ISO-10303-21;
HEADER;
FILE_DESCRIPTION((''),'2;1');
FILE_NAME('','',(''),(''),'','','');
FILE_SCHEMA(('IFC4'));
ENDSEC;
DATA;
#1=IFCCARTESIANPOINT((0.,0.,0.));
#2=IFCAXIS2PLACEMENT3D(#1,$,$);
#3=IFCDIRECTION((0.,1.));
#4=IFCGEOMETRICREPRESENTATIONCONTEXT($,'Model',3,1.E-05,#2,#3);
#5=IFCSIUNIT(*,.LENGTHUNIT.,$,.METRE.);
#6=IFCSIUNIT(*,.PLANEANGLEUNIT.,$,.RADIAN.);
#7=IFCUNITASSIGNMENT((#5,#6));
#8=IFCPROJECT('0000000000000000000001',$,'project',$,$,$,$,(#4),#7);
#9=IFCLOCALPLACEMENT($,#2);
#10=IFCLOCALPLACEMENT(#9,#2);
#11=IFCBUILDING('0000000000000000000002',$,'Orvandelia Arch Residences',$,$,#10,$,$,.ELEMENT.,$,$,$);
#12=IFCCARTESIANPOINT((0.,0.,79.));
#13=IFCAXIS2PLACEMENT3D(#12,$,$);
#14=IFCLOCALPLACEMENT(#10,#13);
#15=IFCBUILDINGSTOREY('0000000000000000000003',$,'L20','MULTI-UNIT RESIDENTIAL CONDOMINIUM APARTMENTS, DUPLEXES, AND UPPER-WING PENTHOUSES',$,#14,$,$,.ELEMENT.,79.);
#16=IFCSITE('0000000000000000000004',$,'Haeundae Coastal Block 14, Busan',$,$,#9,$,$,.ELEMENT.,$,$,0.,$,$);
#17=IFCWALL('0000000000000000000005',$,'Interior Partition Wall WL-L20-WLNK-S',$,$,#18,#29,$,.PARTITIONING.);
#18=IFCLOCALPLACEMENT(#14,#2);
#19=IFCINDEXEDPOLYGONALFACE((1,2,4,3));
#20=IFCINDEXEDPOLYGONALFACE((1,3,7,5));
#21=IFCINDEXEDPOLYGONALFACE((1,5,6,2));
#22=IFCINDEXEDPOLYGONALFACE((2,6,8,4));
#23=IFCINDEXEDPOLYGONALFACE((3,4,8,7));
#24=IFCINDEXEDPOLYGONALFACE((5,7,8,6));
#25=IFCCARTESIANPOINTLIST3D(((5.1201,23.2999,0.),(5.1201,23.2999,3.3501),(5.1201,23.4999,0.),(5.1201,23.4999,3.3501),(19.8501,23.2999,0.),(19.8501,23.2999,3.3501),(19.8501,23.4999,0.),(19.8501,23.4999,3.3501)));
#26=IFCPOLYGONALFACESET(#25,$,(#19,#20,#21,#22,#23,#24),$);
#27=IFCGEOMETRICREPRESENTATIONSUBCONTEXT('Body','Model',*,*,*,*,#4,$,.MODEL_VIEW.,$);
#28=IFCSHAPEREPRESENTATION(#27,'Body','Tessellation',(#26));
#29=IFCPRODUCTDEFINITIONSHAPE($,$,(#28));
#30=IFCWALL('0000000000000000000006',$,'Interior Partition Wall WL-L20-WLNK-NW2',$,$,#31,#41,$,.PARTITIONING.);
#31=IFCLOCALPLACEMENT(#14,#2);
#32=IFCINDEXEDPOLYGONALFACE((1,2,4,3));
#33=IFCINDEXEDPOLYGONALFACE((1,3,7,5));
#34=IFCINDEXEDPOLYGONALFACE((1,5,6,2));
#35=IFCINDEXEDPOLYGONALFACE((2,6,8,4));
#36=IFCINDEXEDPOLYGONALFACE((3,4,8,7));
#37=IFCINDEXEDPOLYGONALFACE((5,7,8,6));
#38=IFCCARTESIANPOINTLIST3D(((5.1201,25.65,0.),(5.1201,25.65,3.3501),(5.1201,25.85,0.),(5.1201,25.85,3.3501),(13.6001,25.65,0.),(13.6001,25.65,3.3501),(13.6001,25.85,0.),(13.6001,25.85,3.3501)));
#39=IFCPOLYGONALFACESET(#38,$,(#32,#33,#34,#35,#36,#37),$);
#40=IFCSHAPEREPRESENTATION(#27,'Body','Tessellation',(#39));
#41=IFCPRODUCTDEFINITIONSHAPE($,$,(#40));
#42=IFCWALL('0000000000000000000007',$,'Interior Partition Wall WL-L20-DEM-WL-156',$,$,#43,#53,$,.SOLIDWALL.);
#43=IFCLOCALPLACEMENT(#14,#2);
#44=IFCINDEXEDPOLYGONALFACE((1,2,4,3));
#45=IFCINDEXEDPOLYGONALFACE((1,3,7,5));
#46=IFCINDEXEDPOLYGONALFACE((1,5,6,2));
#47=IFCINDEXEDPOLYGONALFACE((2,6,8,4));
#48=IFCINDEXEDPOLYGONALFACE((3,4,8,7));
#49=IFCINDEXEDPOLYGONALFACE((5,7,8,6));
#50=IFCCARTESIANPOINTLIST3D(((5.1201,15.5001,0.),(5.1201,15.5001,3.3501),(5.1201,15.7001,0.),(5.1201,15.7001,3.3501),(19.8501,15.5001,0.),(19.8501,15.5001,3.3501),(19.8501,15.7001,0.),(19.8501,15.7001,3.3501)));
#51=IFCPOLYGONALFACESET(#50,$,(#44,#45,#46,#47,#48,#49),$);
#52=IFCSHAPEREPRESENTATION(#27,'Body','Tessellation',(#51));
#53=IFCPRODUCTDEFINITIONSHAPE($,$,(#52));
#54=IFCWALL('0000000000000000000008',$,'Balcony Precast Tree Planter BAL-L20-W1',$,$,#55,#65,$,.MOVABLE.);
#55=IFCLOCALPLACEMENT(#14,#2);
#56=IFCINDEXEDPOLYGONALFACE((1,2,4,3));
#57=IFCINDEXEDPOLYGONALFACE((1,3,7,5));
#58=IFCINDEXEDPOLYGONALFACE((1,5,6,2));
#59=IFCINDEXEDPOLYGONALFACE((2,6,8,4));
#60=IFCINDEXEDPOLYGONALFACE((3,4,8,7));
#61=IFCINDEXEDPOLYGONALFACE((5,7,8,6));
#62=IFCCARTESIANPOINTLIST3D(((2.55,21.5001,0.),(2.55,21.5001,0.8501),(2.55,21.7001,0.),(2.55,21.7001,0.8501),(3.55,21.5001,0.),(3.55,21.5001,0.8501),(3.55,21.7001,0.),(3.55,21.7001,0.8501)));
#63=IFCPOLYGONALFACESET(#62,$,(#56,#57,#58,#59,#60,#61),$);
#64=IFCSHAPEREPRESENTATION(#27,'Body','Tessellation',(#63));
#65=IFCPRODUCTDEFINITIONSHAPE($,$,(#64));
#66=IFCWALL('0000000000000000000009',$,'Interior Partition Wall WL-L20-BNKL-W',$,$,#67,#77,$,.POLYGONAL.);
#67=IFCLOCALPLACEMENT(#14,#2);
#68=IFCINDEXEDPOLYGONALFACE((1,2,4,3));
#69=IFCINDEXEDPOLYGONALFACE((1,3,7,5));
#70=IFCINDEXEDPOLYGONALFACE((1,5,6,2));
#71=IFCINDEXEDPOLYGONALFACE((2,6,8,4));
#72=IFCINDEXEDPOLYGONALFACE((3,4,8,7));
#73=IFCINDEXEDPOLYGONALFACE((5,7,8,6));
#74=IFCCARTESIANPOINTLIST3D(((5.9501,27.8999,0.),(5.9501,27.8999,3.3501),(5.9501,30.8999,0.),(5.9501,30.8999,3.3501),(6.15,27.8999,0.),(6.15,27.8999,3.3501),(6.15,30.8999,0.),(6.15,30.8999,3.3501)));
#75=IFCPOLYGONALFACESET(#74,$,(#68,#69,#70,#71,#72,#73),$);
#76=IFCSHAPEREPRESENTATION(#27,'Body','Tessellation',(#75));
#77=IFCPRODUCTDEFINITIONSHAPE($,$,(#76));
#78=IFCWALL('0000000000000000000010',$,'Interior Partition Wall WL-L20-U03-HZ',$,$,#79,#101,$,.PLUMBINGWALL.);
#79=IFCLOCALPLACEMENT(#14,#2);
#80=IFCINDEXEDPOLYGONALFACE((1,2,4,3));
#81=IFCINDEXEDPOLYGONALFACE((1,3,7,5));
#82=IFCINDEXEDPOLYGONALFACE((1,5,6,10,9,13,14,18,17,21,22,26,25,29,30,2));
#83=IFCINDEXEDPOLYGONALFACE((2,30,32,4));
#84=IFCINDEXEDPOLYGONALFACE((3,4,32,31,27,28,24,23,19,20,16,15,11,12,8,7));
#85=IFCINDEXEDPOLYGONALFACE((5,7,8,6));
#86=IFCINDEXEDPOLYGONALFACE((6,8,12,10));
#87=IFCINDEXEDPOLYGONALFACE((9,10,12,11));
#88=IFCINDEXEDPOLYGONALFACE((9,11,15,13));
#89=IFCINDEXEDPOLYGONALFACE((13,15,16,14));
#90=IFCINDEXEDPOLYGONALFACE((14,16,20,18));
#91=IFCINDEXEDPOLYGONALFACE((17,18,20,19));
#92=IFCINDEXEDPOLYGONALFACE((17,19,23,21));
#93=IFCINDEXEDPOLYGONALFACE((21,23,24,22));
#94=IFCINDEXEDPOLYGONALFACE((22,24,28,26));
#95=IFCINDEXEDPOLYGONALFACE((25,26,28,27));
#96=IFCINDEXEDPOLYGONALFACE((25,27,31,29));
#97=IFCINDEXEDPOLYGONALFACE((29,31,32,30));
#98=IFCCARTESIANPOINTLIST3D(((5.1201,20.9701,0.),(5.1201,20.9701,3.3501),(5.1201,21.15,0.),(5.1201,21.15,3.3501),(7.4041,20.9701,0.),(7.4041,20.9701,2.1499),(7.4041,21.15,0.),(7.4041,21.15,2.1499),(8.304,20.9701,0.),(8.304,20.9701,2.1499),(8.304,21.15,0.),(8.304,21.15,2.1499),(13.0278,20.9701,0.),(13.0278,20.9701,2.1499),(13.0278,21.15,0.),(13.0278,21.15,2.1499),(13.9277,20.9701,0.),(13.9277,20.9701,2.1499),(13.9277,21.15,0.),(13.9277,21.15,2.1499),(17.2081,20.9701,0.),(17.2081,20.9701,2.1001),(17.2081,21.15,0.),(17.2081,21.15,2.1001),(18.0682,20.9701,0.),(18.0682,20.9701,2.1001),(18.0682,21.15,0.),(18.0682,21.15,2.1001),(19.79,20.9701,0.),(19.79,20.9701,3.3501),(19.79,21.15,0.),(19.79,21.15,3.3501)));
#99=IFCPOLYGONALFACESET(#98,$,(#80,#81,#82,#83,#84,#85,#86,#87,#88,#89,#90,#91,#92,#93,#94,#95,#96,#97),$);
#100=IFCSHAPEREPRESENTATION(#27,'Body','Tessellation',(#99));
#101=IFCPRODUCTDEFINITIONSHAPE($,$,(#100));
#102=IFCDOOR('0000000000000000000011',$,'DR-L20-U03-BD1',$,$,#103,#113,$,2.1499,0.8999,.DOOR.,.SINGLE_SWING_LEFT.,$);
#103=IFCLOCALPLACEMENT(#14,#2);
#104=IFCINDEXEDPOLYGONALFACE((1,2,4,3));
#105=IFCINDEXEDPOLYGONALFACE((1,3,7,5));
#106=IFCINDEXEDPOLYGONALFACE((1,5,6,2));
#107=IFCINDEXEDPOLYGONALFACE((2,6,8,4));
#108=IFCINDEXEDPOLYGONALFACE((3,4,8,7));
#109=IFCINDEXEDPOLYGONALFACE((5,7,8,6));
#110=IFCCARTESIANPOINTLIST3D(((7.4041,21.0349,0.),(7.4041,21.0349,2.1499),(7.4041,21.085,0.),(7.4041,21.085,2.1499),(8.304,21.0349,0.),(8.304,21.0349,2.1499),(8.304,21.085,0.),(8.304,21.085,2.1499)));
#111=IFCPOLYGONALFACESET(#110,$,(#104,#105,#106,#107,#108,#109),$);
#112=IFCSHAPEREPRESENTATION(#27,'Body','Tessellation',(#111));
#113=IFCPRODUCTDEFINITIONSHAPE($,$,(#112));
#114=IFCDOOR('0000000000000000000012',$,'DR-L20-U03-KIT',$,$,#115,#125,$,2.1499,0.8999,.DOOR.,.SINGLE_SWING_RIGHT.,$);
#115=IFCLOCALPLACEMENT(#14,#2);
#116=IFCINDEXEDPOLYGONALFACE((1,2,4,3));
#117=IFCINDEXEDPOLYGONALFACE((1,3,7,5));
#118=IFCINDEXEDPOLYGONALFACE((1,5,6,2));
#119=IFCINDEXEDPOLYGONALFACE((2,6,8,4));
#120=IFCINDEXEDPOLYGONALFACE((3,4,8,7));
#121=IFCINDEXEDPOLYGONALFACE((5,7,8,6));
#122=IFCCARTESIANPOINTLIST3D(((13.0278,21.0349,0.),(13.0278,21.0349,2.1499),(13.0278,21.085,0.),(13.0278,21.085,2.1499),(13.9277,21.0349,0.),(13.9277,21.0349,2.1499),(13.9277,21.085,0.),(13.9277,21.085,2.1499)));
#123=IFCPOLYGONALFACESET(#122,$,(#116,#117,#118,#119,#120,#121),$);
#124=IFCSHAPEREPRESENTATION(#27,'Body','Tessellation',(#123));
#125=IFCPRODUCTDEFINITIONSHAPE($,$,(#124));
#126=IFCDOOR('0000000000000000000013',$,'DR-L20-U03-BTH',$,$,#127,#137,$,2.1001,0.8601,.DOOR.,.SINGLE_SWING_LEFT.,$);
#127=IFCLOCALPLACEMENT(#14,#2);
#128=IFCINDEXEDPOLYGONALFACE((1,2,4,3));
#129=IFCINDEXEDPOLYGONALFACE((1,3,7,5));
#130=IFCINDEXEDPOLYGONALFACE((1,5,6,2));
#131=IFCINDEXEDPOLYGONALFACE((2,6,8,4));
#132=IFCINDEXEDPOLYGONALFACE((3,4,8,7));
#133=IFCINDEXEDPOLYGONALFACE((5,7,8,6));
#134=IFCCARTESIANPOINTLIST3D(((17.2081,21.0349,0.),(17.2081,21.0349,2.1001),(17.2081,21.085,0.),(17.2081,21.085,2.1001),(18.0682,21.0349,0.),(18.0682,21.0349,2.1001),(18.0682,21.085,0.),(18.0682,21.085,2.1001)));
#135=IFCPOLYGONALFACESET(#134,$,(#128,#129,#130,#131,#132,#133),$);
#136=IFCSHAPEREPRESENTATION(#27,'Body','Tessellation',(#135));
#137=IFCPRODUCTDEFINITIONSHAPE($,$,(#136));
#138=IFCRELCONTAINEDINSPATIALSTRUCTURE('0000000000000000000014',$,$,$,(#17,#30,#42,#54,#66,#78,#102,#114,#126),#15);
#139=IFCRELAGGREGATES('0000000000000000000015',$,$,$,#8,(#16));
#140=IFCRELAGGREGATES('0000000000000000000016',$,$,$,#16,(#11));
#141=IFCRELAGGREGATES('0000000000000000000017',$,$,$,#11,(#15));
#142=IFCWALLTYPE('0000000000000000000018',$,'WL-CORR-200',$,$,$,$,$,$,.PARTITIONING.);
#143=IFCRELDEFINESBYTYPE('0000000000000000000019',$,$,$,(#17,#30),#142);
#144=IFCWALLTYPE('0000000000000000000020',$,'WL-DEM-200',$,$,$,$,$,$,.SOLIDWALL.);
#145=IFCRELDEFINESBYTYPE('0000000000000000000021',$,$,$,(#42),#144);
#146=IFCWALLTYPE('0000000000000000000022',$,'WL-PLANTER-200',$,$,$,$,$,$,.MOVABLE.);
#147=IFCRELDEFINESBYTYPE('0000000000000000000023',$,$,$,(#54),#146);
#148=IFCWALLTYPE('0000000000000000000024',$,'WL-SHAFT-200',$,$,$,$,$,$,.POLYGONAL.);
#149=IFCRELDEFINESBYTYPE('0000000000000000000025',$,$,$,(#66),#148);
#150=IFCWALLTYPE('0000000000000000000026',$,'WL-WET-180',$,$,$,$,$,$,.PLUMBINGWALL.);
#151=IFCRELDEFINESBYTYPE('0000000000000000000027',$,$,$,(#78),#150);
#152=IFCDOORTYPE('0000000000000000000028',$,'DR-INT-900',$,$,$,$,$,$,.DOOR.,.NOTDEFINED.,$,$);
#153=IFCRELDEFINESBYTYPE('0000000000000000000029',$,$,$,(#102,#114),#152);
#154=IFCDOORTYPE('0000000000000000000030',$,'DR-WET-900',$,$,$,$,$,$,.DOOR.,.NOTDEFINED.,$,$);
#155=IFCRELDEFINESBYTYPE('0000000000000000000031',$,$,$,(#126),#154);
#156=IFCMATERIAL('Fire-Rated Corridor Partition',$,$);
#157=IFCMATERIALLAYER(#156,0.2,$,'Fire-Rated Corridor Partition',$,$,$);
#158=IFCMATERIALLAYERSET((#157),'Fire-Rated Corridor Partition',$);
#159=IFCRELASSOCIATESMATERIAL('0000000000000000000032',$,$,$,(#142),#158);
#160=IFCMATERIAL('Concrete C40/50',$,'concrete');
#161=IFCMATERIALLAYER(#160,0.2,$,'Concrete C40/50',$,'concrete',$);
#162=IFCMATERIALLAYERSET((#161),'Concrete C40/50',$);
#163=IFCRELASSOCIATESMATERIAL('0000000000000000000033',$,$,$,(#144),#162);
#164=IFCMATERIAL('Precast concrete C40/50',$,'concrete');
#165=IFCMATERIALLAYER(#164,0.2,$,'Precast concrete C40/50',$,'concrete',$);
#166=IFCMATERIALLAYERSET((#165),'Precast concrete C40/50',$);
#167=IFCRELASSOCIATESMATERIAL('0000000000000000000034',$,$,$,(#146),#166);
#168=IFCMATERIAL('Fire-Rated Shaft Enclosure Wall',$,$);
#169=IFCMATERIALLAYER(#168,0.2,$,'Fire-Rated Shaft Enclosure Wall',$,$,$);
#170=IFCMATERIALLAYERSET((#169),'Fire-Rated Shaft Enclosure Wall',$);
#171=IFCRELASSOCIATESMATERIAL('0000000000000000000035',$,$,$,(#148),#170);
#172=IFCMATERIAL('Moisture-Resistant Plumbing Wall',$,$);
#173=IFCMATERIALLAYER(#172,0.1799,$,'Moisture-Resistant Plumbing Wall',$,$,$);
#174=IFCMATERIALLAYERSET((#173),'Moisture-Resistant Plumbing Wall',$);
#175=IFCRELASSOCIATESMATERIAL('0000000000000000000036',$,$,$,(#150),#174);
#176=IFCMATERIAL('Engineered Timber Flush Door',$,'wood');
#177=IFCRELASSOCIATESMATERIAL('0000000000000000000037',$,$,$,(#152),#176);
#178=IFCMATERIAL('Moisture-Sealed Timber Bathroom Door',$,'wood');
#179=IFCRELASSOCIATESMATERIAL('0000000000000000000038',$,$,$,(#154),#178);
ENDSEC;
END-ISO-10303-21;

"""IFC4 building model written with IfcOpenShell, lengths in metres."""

from ifc_helpers import new_model, si_unit, direction, frame, frame_2d, origin, place, context, subcontext, project, spatial, rectangle, extrude, material, layer, layer_set, type_object, element, fill, save


model = new_model("IFC4")

# Units and contexts
model_context = context("Model", 3, precision=1e-05, world=origin(), true_north=direction((0.0, 1.0)))
body_context = subcontext(model_context, "Body", "Model", "MODEL_VIEW")
ifc_project = project(units=[si_unit("LENGTHUNIT", "METRE"), si_unit("PLANEANGLEUNIT", "RADIAN")], contexts=[model_context])

# Site, building, storey
site_placement = place(None, origin())
site = spatial("IfcSite", under=ifc_project, at=site_placement, Name="Haeundae Coastal Block 14, Busan", CompositionType="ELEMENT", RefElevation=0.0)
building_placement = place(site_placement, origin())
building = spatial("IfcBuilding", under=site, at=building_placement, Name="Orvandelia Arch Residences", CompositionType="ELEMENT")
storey_placement = place(building_placement, frame((0.0, 0.0, 79.0)))
storey = spatial("IfcBuildingStorey", under=building, at=storey_placement, Name="L20", Description="MULTI-UNIT RESIDENTIAL CONDOMINIUM APARTMENTS, DUPLEXES, AND UPPER-WING PENTHOUSES", CompositionType="ELEMENT", Elevation=79.0)

# Walls
ifc_material_1 = material(Name="Fire-Rated Corridor Partition")
ifc_layer_1 = layer(ifc_material_1, 0.2, Name="Fire-Rated Corridor Partition")
ifc_layer_set_1 = layer_set([ifc_layer_1], Name="Fire-Rated Corridor Partition")
wall_type_1 = type_object("IfcWallType", Name="WL-CORR-200", PredefinedType="PARTITIONING", material=ifc_layer_set_1)
wall_1_placement = place(storey_placement, frame((5.1201, 23.3999, 0.0), z_axis=(0.0, 0.0, 1.0), x_axis=(1.0, 0.0, 0.0)))
element("IfcWall", 1, at=wall_1_placement, inside=storey, type_object=wall_type_1, Name="Interior Partition Wall WL-L20-WLNK-S", PredefinedType="PARTITIONING", context=body_context, shape_type="SweptSolid", body=[
    extrude(rectangle(XDim=14.73, YDim=0.2, at=frame_2d((7.365, 0.0))), origin(), (0.0, 0.0, 1.0), 3.3501),
])
wall_2_placement = place(storey_placement, frame((5.1201, 25.75, 0.0), z_axis=(0.0, 0.0, 1.0), x_axis=(1.0, 0.0, 0.0)))
element("IfcWall", 2, at=wall_2_placement, inside=storey, type_object=wall_type_1, Name="Interior Partition Wall WL-L20-WLNK-NW2", PredefinedType="PARTITIONING", context=body_context, shape_type="SweptSolid", body=[
    extrude(rectangle(XDim=8.48, YDim=0.2, at=frame_2d((4.24, 0.0))), origin(), (0.0, 0.0, 1.0), 3.3501),
])
ifc_material_2 = material(Name="Concrete C40/50", Category="concrete")
ifc_layer_2 = layer(ifc_material_2, 0.2, Name="Concrete C40/50", Category="concrete")
ifc_layer_set_2 = layer_set([ifc_layer_2], Name="Concrete C40/50")
wall_type_2 = type_object("IfcWallType", Name="WL-DEM-200", PredefinedType="SOLIDWALL", material=ifc_layer_set_2)
wall_3_placement = place(storey_placement, frame((5.1201, 15.6001, 0.0), z_axis=(0.0, 0.0, 1.0), x_axis=(1.0, 0.0, 0.0)))
element("IfcWall", 3, at=wall_3_placement, inside=storey, type_object=wall_type_2, Name="Interior Partition Wall WL-L20-DEM-WL-156", PredefinedType="SOLIDWALL", context=body_context, shape_type="SweptSolid", body=[
    extrude(rectangle(XDim=14.73, YDim=0.2, at=frame_2d((7.365, 0.0))), origin(), (0.0, 0.0, 1.0), 3.3501),
])
ifc_material_3 = material(Name="Precast concrete C40/50", Category="concrete")
ifc_layer_3 = layer(ifc_material_3, 0.2, Name="Precast concrete C40/50", Category="concrete")
ifc_layer_set_3 = layer_set([ifc_layer_3], Name="Precast concrete C40/50")
wall_type_3 = type_object("IfcWallType", Name="WL-PLANTER-200", PredefinedType="MOVABLE", material=ifc_layer_set_3)
wall_4_placement = place(storey_placement, frame((2.55, 21.6001, 0.0), z_axis=(0.0, 0.0, 1.0), x_axis=(1.0, 0.0, 0.0)))
element("IfcWall", 4, at=wall_4_placement, inside=storey, type_object=wall_type_3, Name="Balcony Precast Tree Planter BAL-L20-W1", PredefinedType="MOVABLE", context=body_context, shape_type="SweptSolid", body=[
    extrude(rectangle(XDim=1.0, YDim=0.2, at=frame_2d((0.5, 0.0))), origin(), (0.0, 0.0, 1.0), 0.8501),
])
ifc_material_4 = material(Name="Fire-Rated Shaft Enclosure Wall")
ifc_layer_4 = layer(ifc_material_4, 0.2, Name="Fire-Rated Shaft Enclosure Wall")
ifc_layer_set_4 = layer_set([ifc_layer_4], Name="Fire-Rated Shaft Enclosure Wall")
wall_type_4 = type_object("IfcWallType", Name="WL-SHAFT-200", PredefinedType="POLYGONAL", material=ifc_layer_set_4)
wall_5_placement = place(storey_placement, frame((6.05, 27.8999, 0.0), z_axis=(0.0, 0.0, 1.0), x_axis=(0.0, 1.0, 0.0)))
element("IfcWall", 5, at=wall_5_placement, inside=storey, type_object=wall_type_4, Name="Interior Partition Wall WL-L20-BNKL-W", PredefinedType="POLYGONAL", context=body_context, shape_type="SweptSolid", body=[
    extrude(rectangle(XDim=3.0, YDim=0.2, at=frame_2d((1.5, 0.0))), origin(), (0.0, 0.0, 1.0), 3.3501),
])

# Wall, openings, doors
ifc_material_5 = material(Name="Moisture-Resistant Plumbing Wall")
ifc_layer_5 = layer(ifc_material_5, 0.1799, Name="Moisture-Resistant Plumbing Wall")
ifc_layer_set_5 = layer_set([ifc_layer_5], Name="Moisture-Resistant Plumbing Wall")
wall_type_5 = type_object("IfcWallType", Name="WL-WET-180", PredefinedType="PLUMBINGWALL", material=ifc_layer_set_5)
wall_6_placement = place(storey_placement, frame((5.1201, 21.0601, 0.0), z_axis=(0.0, 0.0, 1.0), x_axis=(1.0, 0.0, 0.0)))
wall_6 = element("IfcWall", 6, at=wall_6_placement, inside=storey, type_object=wall_type_5, Name="Interior Partition Wall WL-L20-U03-HZ", PredefinedType="PLUMBINGWALL", context=body_context, shape_type="SweptSolid", body=[
    extrude(rectangle(XDim=14.6699, YDim=0.1799, at=frame_2d((7.335, 0.0))), origin(), (0.0, 0.0, 1.0), 3.3501),
])
opening_1_placement = place(wall_6_placement, frame((2.2839, 0.0, 0.0)))
opening_1 = element("IfcOpeningElement", 7, at=opening_1_placement, cuts=wall_6, PredefinedType="OPENING", context=body_context, shape_type="SweptSolid", body=[
    extrude(rectangle(XDim=0.8999, YDim=2.1499, at=frame_2d((0.45, 1.075))), frame((0.0, 0.1001, 0.0), z_axis=(0.0, -1.0, 0.0), x_axis=(1.0, 0.0, 0.0)), (0.0, 0.0, 1.0), 0.2),
])
opening_2_placement = place(wall_6_placement, frame((7.9077, 0.0, 0.0)))
opening_2 = element("IfcOpeningElement", 8, at=opening_2_placement, cuts=wall_6, PredefinedType="OPENING", context=body_context, shape_type="SweptSolid", body=[
    extrude(rectangle(XDim=0.8999, YDim=2.1499, at=frame_2d((0.45, 1.075))), frame((0.0, 0.1001, 0.0), z_axis=(0.0, -1.0, 0.0), x_axis=(1.0, 0.0, 0.0)), (0.0, 0.0, 1.0), 0.2),
])
opening_3_placement = place(wall_6_placement, frame((12.0879, 0.0, 0.0)))
opening_3 = element("IfcOpeningElement", 9, at=opening_3_placement, cuts=wall_6, PredefinedType="OPENING", context=body_context, shape_type="SweptSolid", body=[
    extrude(rectangle(XDim=0.8601, YDim=2.1001, at=frame_2d((0.4302, 1.05))), frame((0.0, 0.1001, 0.0), z_axis=(0.0, -1.0, 0.0), x_axis=(1.0, 0.0, 0.0)), (0.0, 0.0, 1.0), 0.2),
])
ifc_material_6 = material(Name="Engineered Timber Flush Door", Category="wood")
door_type_1 = type_object("IfcDoorType", Name="DR-INT-900", OperationType="NOTDEFINED", PredefinedType="DOOR", material=ifc_material_6)
door_1_placement = place(opening_1_placement, origin())
door_1 = element("IfcDoor", 10, at=door_1_placement, inside=storey, type_object=door_type_1, Name="DR-L20-U03-BD1", OperationType="SINGLE_SWING_LEFT", OverallHeight=2.1499, OverallWidth=0.8999, PredefinedType="DOOR", context=body_context, shape_type="SweptSolid", body=[
    extrude(rectangle(XDim=0.8999, YDim=2.1499, at=frame_2d((0.45, 1.075))), frame((0.0, 0.0249, 0.0), z_axis=(0.0, -1.0, 0.0), x_axis=(1.0, 0.0, 0.0)), (0.0, 0.0, 1.0), 0.05),
])
fill(opening_1, door_1)
door_2_placement = place(opening_2_placement, origin())
door_2 = element("IfcDoor", 11, at=door_2_placement, inside=storey, type_object=door_type_1, Name="DR-L20-U03-KIT", OperationType="SINGLE_SWING_RIGHT", OverallHeight=2.1499, OverallWidth=0.8999, PredefinedType="DOOR", context=body_context, shape_type="SweptSolid", body=[
    extrude(rectangle(XDim=0.8999, YDim=2.1499, at=frame_2d((0.45, 1.075))), frame((0.0, 0.0249, 0.0), z_axis=(0.0, -1.0, 0.0), x_axis=(1.0, 0.0, 0.0)), (0.0, 0.0, 1.0), 0.05),
])
fill(opening_2, door_2)
ifc_material_7 = material(Name="Moisture-Sealed Timber Bathroom Door", Category="wood")
door_type_2 = type_object("IfcDoorType", Name="DR-WET-900", OperationType="NOTDEFINED", PredefinedType="DOOR", material=ifc_material_7)
door_3_placement = place(opening_3_placement, origin())
door_3 = element("IfcDoor", 12, at=door_3_placement, inside=storey, type_object=door_type_2, Name="DR-L20-U03-BTH", OperationType="SINGLE_SWING_LEFT", OverallHeight=2.1001, OverallWidth=0.8601, PredefinedType="DOOR", context=body_context, shape_type="SweptSolid", body=[
    extrude(rectangle(XDim=0.8601, YDim=2.1001, at=frame_2d((0.4302, 1.05))), frame((0.0, 0.0249, 0.0), z_axis=(0.0, -1.0, 0.0), x_axis=(1.0, 0.0, 0.0)), (0.0, 0.0, 1.0), 0.05),
])
fill(opening_3, door_3)

save(model, "model.ifc")
